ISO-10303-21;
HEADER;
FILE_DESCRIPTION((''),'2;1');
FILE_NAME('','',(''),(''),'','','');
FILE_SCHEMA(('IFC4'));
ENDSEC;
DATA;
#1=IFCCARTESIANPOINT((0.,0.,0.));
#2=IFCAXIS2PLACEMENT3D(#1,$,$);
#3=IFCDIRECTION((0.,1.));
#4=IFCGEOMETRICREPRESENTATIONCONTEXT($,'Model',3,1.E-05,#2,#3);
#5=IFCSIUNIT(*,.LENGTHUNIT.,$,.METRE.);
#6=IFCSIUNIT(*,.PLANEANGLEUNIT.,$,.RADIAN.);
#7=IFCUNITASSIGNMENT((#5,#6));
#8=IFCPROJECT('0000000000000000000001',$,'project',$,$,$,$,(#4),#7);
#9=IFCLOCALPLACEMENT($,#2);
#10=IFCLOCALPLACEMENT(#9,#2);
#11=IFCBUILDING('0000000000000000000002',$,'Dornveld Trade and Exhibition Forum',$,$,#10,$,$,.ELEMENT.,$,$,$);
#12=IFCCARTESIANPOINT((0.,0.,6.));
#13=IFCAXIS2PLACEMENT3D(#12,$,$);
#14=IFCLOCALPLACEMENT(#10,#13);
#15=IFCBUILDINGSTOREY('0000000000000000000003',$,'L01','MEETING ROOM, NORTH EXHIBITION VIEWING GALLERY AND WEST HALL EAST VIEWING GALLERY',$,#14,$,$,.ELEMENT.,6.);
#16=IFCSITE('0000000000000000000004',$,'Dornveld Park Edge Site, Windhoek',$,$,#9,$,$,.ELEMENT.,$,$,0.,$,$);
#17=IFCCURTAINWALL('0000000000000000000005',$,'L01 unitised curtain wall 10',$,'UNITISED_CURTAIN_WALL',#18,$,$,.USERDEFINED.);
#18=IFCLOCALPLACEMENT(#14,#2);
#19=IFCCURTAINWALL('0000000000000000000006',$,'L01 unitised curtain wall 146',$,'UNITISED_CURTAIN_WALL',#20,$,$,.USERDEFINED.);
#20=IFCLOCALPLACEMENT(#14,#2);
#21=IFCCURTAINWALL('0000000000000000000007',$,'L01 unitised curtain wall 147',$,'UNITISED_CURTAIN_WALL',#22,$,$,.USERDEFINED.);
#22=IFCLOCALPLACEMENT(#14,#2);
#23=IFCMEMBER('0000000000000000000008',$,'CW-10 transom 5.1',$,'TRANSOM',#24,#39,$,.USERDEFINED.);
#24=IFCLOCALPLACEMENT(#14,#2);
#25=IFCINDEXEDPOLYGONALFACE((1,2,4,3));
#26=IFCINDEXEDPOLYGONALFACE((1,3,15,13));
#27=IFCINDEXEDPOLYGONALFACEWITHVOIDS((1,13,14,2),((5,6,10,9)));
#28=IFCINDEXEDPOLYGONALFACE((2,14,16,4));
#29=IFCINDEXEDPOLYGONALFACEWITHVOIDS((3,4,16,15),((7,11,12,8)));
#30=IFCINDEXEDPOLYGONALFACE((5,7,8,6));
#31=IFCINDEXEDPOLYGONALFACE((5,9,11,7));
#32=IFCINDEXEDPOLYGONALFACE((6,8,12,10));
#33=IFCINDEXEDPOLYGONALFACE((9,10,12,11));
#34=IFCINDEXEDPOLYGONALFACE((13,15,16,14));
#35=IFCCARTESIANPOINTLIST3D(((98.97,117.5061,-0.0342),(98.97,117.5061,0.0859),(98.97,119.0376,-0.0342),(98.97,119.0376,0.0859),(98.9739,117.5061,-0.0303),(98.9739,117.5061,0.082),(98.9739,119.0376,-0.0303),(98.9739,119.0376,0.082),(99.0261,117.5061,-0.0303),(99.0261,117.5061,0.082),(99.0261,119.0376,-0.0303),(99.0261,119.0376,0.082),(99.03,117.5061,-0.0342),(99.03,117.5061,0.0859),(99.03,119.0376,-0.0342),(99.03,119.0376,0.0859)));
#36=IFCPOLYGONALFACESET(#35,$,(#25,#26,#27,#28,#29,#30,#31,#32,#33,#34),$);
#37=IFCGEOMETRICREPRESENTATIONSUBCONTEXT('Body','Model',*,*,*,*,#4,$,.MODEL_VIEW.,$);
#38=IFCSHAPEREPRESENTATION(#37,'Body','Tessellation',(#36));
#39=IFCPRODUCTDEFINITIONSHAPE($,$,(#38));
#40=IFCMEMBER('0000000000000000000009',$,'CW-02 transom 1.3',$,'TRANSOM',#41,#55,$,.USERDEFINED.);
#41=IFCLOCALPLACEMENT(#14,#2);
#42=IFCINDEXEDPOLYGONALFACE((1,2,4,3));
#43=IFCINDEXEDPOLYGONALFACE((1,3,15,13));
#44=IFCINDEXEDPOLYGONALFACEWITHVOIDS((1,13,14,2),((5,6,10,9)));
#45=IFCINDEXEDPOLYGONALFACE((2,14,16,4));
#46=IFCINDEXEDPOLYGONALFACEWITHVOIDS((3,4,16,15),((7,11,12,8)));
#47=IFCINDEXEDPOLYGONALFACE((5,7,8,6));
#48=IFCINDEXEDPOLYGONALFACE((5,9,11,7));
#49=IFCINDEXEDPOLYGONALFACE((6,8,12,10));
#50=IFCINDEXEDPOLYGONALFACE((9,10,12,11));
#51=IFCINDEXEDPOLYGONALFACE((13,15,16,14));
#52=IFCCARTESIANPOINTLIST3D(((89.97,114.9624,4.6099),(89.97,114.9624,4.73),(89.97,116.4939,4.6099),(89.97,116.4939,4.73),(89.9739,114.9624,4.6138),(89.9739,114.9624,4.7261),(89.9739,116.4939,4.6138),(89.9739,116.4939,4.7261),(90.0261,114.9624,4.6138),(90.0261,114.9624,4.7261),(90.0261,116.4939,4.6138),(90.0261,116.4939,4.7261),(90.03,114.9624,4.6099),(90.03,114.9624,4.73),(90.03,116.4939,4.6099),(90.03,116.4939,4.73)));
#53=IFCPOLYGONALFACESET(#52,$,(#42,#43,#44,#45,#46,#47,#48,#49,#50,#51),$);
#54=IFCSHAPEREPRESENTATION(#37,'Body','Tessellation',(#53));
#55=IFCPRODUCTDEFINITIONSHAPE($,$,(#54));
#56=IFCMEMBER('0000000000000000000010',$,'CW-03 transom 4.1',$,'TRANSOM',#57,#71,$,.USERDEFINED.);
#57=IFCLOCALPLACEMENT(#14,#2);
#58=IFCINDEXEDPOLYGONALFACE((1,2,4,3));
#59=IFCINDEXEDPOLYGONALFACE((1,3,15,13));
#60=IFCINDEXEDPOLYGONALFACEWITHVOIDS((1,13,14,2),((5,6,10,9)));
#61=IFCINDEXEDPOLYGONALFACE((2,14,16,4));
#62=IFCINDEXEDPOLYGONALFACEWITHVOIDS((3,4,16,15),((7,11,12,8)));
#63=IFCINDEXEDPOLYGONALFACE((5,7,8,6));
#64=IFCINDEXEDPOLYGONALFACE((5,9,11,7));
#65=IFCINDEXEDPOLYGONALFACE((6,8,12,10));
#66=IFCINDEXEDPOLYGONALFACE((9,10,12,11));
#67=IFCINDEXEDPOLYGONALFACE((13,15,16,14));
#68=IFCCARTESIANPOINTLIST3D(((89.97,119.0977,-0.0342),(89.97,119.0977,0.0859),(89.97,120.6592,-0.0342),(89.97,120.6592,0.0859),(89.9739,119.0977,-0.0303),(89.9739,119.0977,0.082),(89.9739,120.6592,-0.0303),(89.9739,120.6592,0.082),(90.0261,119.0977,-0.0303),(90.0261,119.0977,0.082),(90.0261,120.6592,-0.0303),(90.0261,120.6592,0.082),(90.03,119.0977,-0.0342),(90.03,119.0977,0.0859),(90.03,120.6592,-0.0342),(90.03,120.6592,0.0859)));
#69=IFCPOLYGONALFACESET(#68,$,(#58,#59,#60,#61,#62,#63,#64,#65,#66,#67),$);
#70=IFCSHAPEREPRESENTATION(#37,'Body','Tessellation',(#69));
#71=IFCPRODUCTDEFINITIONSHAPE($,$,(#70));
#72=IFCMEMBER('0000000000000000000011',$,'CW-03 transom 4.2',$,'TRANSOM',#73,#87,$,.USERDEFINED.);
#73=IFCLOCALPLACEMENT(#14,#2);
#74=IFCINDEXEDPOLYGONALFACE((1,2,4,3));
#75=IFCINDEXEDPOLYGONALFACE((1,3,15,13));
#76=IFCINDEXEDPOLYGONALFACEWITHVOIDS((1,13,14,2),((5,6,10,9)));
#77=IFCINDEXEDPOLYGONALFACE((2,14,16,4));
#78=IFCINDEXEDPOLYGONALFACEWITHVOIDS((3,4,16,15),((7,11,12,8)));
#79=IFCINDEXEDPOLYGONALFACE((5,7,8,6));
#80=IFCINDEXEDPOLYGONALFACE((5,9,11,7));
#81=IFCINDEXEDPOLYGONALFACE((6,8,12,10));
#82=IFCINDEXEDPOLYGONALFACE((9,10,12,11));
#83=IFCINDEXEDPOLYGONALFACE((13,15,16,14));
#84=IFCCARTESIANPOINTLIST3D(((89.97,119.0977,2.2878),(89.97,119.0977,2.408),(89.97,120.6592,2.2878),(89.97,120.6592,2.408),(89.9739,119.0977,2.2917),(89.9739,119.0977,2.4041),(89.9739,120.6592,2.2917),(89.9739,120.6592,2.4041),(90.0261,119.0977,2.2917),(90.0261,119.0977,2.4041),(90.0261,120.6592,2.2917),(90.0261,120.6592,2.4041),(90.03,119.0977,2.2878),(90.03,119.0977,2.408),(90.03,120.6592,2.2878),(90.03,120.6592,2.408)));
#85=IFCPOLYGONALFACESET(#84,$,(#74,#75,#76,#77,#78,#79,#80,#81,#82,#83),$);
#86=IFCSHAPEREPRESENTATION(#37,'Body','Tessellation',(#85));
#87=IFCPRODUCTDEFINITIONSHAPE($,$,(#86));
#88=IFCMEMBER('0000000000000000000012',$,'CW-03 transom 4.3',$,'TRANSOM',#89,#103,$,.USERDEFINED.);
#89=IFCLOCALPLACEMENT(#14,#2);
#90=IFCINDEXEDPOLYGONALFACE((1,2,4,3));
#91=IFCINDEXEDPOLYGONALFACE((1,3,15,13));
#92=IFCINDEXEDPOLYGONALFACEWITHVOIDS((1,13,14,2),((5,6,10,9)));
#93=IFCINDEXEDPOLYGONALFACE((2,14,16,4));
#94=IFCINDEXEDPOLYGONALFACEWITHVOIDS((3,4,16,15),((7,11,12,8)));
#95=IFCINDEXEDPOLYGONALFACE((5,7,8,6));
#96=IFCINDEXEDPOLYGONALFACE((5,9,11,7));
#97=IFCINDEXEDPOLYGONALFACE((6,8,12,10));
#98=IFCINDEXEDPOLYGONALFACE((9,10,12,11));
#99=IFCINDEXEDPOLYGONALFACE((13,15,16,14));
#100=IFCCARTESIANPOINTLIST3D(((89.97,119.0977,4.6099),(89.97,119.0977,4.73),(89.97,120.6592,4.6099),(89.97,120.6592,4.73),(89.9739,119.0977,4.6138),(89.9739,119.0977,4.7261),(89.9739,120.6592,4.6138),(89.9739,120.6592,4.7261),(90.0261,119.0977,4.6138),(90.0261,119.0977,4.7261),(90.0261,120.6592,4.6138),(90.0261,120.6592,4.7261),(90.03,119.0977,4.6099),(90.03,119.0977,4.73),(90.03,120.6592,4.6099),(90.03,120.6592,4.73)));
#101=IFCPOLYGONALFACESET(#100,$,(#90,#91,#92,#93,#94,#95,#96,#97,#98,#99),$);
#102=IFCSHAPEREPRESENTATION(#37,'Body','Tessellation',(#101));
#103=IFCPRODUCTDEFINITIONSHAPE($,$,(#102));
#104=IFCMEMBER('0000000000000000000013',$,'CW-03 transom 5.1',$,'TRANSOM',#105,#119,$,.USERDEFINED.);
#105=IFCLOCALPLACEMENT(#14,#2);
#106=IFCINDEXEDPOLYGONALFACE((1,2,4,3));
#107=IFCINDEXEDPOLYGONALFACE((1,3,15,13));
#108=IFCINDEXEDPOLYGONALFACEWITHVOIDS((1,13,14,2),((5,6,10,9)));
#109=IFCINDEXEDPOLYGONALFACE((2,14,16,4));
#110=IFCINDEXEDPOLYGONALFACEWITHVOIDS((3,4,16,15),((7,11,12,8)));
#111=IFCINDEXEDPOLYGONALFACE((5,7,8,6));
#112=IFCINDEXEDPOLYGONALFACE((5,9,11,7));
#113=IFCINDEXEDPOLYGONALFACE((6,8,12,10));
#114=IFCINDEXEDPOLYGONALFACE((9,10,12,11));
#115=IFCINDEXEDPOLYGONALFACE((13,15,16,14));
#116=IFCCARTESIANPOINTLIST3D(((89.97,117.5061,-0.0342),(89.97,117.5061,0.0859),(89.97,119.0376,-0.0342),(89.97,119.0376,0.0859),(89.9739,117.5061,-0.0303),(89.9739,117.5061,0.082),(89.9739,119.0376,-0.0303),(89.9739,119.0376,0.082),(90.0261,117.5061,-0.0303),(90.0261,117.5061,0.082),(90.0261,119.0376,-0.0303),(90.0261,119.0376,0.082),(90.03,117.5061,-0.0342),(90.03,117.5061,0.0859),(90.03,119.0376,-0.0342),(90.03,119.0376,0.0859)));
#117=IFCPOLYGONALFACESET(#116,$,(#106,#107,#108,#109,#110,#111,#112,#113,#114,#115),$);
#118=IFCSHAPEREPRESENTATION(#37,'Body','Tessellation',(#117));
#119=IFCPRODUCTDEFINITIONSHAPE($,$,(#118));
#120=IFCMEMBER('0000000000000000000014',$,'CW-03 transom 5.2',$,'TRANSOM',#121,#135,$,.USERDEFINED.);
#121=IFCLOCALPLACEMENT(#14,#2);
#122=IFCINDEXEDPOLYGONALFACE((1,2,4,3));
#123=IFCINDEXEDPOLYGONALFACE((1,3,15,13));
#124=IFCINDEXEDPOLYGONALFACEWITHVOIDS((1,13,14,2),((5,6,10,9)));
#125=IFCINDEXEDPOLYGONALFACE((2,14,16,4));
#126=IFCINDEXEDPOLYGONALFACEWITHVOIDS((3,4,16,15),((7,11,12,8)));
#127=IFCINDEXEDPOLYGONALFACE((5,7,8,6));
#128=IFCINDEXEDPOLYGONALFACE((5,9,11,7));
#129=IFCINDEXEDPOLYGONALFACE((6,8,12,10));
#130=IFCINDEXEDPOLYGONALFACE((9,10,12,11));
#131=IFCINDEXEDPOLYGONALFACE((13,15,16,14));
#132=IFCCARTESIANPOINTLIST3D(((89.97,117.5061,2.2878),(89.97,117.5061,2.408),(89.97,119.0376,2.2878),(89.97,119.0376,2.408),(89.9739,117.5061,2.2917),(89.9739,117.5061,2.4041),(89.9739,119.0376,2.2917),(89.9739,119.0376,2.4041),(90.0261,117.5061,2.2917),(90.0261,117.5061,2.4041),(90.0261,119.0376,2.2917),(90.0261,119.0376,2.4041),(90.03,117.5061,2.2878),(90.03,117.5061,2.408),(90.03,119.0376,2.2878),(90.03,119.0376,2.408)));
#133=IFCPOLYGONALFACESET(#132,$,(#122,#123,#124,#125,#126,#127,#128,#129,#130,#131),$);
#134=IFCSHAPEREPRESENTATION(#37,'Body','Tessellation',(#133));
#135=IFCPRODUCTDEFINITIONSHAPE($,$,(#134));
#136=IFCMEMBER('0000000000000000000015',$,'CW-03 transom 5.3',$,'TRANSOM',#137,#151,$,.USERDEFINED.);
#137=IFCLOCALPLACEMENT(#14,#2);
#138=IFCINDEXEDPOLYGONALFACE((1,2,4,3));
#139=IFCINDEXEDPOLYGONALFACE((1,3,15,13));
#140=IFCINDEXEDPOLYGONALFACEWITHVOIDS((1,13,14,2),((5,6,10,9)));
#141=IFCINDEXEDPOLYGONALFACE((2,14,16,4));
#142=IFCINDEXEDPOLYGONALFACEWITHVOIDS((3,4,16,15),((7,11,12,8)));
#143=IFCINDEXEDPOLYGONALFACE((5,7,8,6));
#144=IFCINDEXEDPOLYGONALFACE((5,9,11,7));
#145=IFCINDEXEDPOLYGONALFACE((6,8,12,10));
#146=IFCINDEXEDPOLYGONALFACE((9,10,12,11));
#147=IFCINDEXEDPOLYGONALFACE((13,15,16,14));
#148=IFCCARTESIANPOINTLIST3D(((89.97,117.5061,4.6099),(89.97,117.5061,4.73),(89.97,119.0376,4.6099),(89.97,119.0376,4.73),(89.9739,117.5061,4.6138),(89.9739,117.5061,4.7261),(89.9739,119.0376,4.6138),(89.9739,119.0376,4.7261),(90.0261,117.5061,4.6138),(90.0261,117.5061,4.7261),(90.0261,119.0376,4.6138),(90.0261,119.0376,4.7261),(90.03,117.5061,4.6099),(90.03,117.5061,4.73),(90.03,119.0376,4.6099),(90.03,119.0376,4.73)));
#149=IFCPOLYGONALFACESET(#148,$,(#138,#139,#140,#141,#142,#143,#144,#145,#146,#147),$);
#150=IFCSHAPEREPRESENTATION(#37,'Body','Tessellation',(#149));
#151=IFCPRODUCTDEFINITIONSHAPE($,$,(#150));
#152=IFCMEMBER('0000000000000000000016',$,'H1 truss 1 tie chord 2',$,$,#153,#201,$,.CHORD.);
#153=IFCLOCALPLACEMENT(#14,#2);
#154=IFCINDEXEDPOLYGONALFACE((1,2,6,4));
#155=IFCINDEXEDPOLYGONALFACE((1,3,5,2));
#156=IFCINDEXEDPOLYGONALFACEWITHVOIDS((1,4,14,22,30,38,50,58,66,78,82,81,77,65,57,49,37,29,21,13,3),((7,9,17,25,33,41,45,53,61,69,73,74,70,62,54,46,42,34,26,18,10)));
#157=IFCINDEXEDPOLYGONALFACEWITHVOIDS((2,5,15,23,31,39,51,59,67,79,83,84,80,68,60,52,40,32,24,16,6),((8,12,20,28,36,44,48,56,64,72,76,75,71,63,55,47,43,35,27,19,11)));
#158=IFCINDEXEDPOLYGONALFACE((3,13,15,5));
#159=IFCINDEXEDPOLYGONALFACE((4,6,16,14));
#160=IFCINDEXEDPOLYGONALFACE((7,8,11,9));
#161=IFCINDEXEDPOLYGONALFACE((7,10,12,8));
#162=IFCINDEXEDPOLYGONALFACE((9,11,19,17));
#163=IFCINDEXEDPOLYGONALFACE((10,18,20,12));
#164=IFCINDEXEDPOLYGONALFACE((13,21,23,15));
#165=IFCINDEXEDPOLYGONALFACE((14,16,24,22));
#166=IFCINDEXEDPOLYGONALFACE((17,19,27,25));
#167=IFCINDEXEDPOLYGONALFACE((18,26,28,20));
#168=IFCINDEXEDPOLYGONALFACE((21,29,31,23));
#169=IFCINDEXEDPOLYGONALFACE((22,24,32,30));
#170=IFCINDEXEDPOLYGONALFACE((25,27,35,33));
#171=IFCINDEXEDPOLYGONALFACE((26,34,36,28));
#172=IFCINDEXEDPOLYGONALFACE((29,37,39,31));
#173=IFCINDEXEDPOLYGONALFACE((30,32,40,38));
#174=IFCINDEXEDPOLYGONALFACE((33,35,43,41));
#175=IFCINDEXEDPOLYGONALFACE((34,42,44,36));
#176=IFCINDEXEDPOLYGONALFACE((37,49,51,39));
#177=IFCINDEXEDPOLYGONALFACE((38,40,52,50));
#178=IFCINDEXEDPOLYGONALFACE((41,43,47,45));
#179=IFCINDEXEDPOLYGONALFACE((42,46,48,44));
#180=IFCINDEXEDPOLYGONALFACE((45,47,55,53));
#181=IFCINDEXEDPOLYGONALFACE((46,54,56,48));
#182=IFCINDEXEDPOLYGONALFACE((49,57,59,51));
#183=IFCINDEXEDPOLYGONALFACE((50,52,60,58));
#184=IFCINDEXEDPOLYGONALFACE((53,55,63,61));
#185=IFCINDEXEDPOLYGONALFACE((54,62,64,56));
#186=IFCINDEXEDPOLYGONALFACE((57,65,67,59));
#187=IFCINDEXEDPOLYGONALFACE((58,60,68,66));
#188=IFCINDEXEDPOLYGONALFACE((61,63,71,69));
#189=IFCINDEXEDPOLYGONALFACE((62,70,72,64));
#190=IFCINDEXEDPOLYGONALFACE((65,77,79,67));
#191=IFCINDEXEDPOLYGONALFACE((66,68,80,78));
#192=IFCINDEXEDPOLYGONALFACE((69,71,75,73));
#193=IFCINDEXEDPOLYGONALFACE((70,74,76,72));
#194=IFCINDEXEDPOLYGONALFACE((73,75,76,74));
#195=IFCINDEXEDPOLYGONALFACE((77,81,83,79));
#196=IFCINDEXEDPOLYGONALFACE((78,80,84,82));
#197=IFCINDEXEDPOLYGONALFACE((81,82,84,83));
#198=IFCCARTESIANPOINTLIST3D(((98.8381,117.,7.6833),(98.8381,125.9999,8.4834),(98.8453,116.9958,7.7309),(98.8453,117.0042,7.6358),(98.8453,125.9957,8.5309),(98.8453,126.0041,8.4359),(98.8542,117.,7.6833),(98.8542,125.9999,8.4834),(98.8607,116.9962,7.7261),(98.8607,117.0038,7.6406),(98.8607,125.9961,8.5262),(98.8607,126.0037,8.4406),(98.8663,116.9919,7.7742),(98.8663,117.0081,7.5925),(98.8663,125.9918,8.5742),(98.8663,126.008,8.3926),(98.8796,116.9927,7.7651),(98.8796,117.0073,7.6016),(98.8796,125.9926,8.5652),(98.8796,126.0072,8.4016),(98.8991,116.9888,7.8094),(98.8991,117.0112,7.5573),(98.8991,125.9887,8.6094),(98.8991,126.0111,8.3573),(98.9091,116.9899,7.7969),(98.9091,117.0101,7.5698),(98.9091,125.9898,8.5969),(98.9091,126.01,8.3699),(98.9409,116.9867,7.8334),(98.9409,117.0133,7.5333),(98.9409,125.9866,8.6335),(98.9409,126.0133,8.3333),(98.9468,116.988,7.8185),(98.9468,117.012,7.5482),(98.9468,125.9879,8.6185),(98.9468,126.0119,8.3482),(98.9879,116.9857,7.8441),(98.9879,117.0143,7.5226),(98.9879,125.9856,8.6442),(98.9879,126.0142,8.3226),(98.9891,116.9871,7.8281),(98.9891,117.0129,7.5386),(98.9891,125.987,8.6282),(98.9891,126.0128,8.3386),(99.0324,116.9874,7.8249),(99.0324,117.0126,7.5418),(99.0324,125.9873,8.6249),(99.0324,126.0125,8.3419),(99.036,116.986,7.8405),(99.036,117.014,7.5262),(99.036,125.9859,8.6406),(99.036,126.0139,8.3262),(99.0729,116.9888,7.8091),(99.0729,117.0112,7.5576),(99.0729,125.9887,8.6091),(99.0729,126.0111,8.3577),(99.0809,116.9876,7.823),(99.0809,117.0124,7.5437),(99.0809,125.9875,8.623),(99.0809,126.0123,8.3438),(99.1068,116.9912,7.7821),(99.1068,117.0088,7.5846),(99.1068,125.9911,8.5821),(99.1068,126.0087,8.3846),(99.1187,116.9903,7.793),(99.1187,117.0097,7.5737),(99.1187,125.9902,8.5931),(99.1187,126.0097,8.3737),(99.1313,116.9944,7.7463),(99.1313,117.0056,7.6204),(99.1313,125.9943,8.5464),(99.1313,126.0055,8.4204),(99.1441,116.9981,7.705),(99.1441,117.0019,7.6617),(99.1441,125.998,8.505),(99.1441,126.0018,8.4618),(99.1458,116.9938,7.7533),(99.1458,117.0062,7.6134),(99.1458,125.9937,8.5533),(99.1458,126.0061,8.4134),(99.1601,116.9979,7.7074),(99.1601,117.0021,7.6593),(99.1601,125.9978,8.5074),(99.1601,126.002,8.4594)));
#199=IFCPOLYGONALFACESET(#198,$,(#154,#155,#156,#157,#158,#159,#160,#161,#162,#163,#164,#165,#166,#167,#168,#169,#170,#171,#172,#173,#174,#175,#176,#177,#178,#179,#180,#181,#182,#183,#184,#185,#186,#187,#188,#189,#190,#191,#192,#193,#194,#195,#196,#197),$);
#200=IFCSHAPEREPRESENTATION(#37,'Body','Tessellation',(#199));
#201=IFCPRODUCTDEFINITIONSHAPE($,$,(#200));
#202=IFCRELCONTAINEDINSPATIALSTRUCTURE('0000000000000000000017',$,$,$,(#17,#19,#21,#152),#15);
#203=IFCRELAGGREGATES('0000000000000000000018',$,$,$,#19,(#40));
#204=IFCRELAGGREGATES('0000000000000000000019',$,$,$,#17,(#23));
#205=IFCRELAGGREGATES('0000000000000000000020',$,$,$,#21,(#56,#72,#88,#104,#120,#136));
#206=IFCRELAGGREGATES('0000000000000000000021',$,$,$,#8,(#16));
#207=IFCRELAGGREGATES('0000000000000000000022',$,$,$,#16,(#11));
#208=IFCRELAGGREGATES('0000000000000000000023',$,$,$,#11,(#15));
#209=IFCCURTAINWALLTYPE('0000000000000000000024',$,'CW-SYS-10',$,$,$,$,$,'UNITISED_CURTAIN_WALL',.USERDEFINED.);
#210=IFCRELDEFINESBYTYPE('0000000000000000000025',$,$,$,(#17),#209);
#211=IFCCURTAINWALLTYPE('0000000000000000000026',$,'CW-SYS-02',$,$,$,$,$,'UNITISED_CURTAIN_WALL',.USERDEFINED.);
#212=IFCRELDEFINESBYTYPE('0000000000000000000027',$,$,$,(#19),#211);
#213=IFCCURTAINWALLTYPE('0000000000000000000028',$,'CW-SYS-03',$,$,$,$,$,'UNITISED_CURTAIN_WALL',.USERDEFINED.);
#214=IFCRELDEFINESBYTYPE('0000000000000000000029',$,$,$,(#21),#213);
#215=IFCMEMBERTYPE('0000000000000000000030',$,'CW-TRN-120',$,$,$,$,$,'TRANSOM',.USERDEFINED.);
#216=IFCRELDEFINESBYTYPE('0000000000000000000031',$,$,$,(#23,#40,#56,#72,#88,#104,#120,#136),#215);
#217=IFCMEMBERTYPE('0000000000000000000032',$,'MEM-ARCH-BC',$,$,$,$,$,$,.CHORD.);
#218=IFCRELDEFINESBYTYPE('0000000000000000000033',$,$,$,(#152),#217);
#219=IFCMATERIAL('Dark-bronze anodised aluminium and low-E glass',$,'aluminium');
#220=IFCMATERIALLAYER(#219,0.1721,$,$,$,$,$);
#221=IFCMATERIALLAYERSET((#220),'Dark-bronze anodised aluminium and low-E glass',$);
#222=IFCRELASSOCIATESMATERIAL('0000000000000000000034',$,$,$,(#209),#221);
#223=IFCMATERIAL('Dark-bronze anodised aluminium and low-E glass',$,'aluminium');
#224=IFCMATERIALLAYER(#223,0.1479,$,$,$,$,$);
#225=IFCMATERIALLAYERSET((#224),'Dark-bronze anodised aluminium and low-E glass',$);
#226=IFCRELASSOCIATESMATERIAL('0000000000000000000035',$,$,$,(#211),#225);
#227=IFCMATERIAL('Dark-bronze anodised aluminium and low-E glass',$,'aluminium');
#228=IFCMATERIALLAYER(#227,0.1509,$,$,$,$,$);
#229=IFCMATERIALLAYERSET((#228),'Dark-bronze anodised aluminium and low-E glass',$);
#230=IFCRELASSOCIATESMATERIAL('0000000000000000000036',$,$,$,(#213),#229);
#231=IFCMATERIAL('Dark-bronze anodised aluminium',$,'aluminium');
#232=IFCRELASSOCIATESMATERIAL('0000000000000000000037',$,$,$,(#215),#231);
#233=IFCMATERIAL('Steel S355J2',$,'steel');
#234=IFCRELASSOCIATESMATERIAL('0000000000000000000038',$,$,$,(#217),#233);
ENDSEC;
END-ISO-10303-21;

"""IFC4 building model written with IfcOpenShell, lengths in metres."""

from ifc_helpers import new_model, si_unit, direction, frame, origin, origin_2d, place, context, subcontext, project, spatial, hollow_rectangle, hollow_circle, extrude, material, layer, layer_set, material_profile, profile_set, type_object, element, aggregate, save


model = new_model("IFC4")

# Units and contexts
model_context = context("Model", 3, precision=1e-05, world=origin(), true_north=direction((0.0, 1.0)))
body_context = subcontext(model_context, "Body", "Model", "MODEL_VIEW")
ifc_project = project(units=[si_unit("LENGTHUNIT", "METRE"), si_unit("PLANEANGLEUNIT", "RADIAN")], contexts=[model_context])

# Site, building, storey
site_placement = place(None, origin())
site = spatial("IfcSite", under=ifc_project, at=site_placement, Name="Dornveld Park Edge Site, Windhoek", CompositionType="ELEMENT", RefElevation=0.0)
building_placement = place(site_placement, origin())
building = spatial("IfcBuilding", under=site, at=building_placement, Name="Dornveld Trade and Exhibition Forum", CompositionType="ELEMENT")
storey_placement = place(building_placement, frame((0.0, 0.0, 6.0)))
storey = spatial("IfcBuildingStorey", under=building, at=storey_placement, Name="L01", Description="MEETING ROOM, NORTH EXHIBITION VIEWING GALLERY AND WEST HALL EAST VIEWING GALLERY", CompositionType="ELEMENT", Elevation=6.0)

# Curtain walls
ifc_material_1 = material(Name="Dark-bronze anodised aluminium and low-E glass", Category="aluminium")
ifc_layer_1 = layer(ifc_material_1, 0.1721)
ifc_layer_set_1 = layer_set([ifc_layer_1], Name="Dark-bronze anodised aluminium and low-E glass")
curtain_wall_type_1 = type_object("IfcCurtainWallType", Name="CW-SYS-10", ElementType="UNITISED_CURTAIN_WALL", PredefinedType="USERDEFINED", material=ifc_layer_set_1)
curtain_wall_1_placement = place(storey_placement, origin())
curtain_wall_1 = element("IfcCurtainWall", 1, at=curtain_wall_1_placement, inside=storey, type_object=curtain_wall_type_1, Name="L01 unitised curtain wall 10", ObjectType="UNITISED_CURTAIN_WALL", PredefinedType="USERDEFINED")
ifc_material_2 = material(Name="Dark-bronze anodised aluminium and low-E glass", Category="aluminium")
ifc_layer_2 = layer(ifc_material_2, 0.1479)
ifc_layer_set_2 = layer_set([ifc_layer_2], Name="Dark-bronze anodised aluminium and low-E glass")
curtain_wall_type_2 = type_object("IfcCurtainWallType", Name="CW-SYS-02", ElementType="UNITISED_CURTAIN_WALL", PredefinedType="USERDEFINED", material=ifc_layer_set_2)
curtain_wall_2_placement = place(storey_placement, origin())
curtain_wall_2 = element("IfcCurtainWall", 2, at=curtain_wall_2_placement, inside=storey, type_object=curtain_wall_type_2, Name="L01 unitised curtain wall 146", ObjectType="UNITISED_CURTAIN_WALL", PredefinedType="USERDEFINED")

# Curtain wall
ifc_material_3 = material(Name="Dark-bronze anodised aluminium and low-E glass", Category="aluminium")
ifc_layer_3 = layer(ifc_material_3, 0.1509)
ifc_layer_set_3 = layer_set([ifc_layer_3], Name="Dark-bronze anodised aluminium and low-E glass")
curtain_wall_type_3 = type_object("IfcCurtainWallType", Name="CW-SYS-03", ElementType="UNITISED_CURTAIN_WALL", PredefinedType="USERDEFINED", material=ifc_layer_set_3)
curtain_wall_3_placement = place(storey_placement, origin())
curtain_wall_3 = element("IfcCurtainWall", 3, at=curtain_wall_3_placement, inside=storey, type_object=curtain_wall_type_3, Name="L01 unitised curtain wall 147", ObjectType="UNITISED_CURTAIN_WALL", PredefinedType="USERDEFINED")

# Members
ifc_material_4 = material(Name="Dark-bronze anodised aluminium", Category="aluminium")
ifc_material_profile_1 = material_profile(ifc_material_4, hollow_rectangle(XDim=0.0601, YDim=0.1201, WallThickness=0.0039, at=origin_2d()), Name="RHS 120x60x4")
ifc_profile_set_1 = profile_set([ifc_material_profile_1], Name="Dark-bronze anodised aluminium")
member_type_1 = type_object("IfcMemberType", Name="CW-TRN-120", ElementType="TRANSOM", PredefinedType="USERDEFINED", material=ifc_profile_set_1)
member_1_placement = place(storey_placement, frame((99.0, 119.0376, 0.0259), z_axis=(0.0, -1.0, 0.0), x_axis=(1.0, 0.0, 0.0)))
member_1 = element("IfcMember", 4, at=member_1_placement, type_object=member_type_1, Name="CW-10 transom 5.1", ObjectType="TRANSOM", PredefinedType="USERDEFINED", context=body_context, shape_type="SweptSolid", body=[
    extrude(hollow_rectangle(XDim=0.0601, YDim=0.1201, WallThickness=0.0039, at=origin_2d()), origin(), (0.0, 0.0, 1.0), 1.5315),
])
member_2_placement = place(storey_placement, frame((90.0, 116.4939, 4.6699), z_axis=(0.0, -1.0, 0.0), x_axis=(1.0, 0.0, 0.0)))
member_2 = element("IfcMember", 5, at=member_2_placement, type_object=member_type_1, Name="CW-02 transom 1.3", ObjectType="TRANSOM", PredefinedType="USERDEFINED", context=body_context, shape_type="SweptSolid", body=[
    extrude(hollow_rectangle(XDim=0.0601, YDim=0.1201, WallThickness=0.0039, at=origin_2d()), origin(), (0.0, 0.0, 1.0), 1.5315),
])
aggregate(curtain_wall_2, [member_2])
member_3_placement = place(storey_placement, frame((90.0, 120.6592, 0.0259), z_axis=(0.0, -1.0, 0.0), x_axis=(1.0, 0.0, 0.0)))
member_3 = element("IfcMember", 6, at=member_3_placement, type_object=member_type_1, Name="CW-03 transom 4.1", ObjectType="TRANSOM", PredefinedType="USERDEFINED", context=body_context, shape_type="SweptSolid", body=[
    extrude(hollow_rectangle(XDim=0.0601, YDim=0.1201, WallThickness=0.0039, at=origin_2d()), origin(), (0.0, 0.0, 1.0), 1.5615),
])
member_4_placement = place(storey_placement, frame((90.0, 120.6592, 2.3479), z_axis=(0.0, -1.0, 0.0), x_axis=(1.0, 0.0, 0.0)))
member_4 = element("IfcMember", 7, at=member_4_placement, type_object=member_type_1, Name="CW-03 transom 4.2", ObjectType="TRANSOM", PredefinedType="USERDEFINED", context=body_context, shape_type="SweptSolid", body=[
    extrude(hollow_rectangle(XDim=0.0601, YDim=0.1201, WallThickness=0.0039, at=origin_2d()), origin(), (0.0, 0.0, 1.0), 1.5615),
])
member_5_placement = place(storey_placement, frame((90.0, 120.6592, 4.6699), z_axis=(0.0, -1.0, 0.0), x_axis=(1.0, 0.0, 0.0)))
member_5 = element("IfcMember", 8, at=member_5_placement, type_object=member_type_1, Name="CW-03 transom 4.3", ObjectType="TRANSOM", PredefinedType="USERDEFINED", context=body_context, shape_type="SweptSolid", body=[
    extrude(hollow_rectangle(XDim=0.0601, YDim=0.1201, WallThickness=0.0039, at=origin_2d()), origin(), (0.0, 0.0, 1.0), 1.5615),
])
member_6_placement = place(storey_placement, frame((90.0, 119.0376, 0.0259), z_axis=(0.0, -1.0, 0.0), x_axis=(1.0, 0.0, 0.0)))
member_6 = element("IfcMember", 9, at=member_6_placement, type_object=member_type_1, Name="CW-03 transom 5.1", ObjectType="TRANSOM", PredefinedType="USERDEFINED", context=body_context, shape_type="SweptSolid", body=[
    extrude(hollow_rectangle(XDim=0.0601, YDim=0.1201, WallThickness=0.0039, at=origin_2d()), origin(), (0.0, 0.0, 1.0), 1.5315),
])
member_7_placement = place(storey_placement, frame((90.0, 119.0376, 2.3479), z_axis=(0.0, -1.0, 0.0), x_axis=(1.0, 0.0, 0.0)))
member_7 = element("IfcMember", 10, at=member_7_placement, type_object=member_type_1, Name="CW-03 transom 5.2", ObjectType="TRANSOM", PredefinedType="USERDEFINED", context=body_context, shape_type="SweptSolid", body=[
    extrude(hollow_rectangle(XDim=0.0601, YDim=0.1201, WallThickness=0.0039, at=origin_2d()), origin(), (0.0, 0.0, 1.0), 1.5315),
])
member_8_placement = place(storey_placement, frame((90.0, 119.0376, 4.6699), z_axis=(0.0, -1.0, 0.0), x_axis=(1.0, 0.0, 0.0)))
member_8 = element("IfcMember", 11, at=member_8_placement, type_object=member_type_1, Name="CW-03 transom 5.3", ObjectType="TRANSOM", PredefinedType="USERDEFINED", context=body_context, shape_type="SweptSolid", body=[
    extrude(hollow_rectangle(XDim=0.0601, YDim=0.1201, WallThickness=0.0039, at=origin_2d()), origin(), (0.0, 0.0, 1.0), 1.5315),
])

# Member
ifc_material_5 = material(Name="Steel S355J2", Category="steel")
ifc_material_profile_2 = material_profile(ifc_material_5, hollow_circle(Radius=0.1619, WallThickness=0.0161, at=origin_2d()), Name="CHS 323.9x16")
ifc_profile_set_2 = profile_set([ifc_material_profile_2], Name="Steel S355J2")
member_type_2 = type_object("IfcMemberType", Name="MEM-ARCH-BC", PredefinedType="CHORD", material=ifc_profile_set_2)
member_9_placement = place(storey_placement, frame((99.0, 117.0, 7.6833), z_axis=(0.0, 0.996072, 0.088545), x_axis=(-1.0, 0.0, 0.0)))
element("IfcMember", 12, at=member_9_placement, inside=storey, type_object=member_type_2, Name="H1 truss 1 tie chord 2", PredefinedType="CHORD", context=body_context, shape_type="SweptSolid", body=[
    extrude(hollow_circle(Radius=0.1619, WallThickness=0.0161, at=origin_2d()), origin(), (0.0, 0.0, 1.0), 9.0354),
])

aggregate(curtain_wall_1, [member_1])
aggregate(curtain_wall_3, [member_3, member_4, member_5, member_6, member_7, member_8])

save(model, "model.ifc")
